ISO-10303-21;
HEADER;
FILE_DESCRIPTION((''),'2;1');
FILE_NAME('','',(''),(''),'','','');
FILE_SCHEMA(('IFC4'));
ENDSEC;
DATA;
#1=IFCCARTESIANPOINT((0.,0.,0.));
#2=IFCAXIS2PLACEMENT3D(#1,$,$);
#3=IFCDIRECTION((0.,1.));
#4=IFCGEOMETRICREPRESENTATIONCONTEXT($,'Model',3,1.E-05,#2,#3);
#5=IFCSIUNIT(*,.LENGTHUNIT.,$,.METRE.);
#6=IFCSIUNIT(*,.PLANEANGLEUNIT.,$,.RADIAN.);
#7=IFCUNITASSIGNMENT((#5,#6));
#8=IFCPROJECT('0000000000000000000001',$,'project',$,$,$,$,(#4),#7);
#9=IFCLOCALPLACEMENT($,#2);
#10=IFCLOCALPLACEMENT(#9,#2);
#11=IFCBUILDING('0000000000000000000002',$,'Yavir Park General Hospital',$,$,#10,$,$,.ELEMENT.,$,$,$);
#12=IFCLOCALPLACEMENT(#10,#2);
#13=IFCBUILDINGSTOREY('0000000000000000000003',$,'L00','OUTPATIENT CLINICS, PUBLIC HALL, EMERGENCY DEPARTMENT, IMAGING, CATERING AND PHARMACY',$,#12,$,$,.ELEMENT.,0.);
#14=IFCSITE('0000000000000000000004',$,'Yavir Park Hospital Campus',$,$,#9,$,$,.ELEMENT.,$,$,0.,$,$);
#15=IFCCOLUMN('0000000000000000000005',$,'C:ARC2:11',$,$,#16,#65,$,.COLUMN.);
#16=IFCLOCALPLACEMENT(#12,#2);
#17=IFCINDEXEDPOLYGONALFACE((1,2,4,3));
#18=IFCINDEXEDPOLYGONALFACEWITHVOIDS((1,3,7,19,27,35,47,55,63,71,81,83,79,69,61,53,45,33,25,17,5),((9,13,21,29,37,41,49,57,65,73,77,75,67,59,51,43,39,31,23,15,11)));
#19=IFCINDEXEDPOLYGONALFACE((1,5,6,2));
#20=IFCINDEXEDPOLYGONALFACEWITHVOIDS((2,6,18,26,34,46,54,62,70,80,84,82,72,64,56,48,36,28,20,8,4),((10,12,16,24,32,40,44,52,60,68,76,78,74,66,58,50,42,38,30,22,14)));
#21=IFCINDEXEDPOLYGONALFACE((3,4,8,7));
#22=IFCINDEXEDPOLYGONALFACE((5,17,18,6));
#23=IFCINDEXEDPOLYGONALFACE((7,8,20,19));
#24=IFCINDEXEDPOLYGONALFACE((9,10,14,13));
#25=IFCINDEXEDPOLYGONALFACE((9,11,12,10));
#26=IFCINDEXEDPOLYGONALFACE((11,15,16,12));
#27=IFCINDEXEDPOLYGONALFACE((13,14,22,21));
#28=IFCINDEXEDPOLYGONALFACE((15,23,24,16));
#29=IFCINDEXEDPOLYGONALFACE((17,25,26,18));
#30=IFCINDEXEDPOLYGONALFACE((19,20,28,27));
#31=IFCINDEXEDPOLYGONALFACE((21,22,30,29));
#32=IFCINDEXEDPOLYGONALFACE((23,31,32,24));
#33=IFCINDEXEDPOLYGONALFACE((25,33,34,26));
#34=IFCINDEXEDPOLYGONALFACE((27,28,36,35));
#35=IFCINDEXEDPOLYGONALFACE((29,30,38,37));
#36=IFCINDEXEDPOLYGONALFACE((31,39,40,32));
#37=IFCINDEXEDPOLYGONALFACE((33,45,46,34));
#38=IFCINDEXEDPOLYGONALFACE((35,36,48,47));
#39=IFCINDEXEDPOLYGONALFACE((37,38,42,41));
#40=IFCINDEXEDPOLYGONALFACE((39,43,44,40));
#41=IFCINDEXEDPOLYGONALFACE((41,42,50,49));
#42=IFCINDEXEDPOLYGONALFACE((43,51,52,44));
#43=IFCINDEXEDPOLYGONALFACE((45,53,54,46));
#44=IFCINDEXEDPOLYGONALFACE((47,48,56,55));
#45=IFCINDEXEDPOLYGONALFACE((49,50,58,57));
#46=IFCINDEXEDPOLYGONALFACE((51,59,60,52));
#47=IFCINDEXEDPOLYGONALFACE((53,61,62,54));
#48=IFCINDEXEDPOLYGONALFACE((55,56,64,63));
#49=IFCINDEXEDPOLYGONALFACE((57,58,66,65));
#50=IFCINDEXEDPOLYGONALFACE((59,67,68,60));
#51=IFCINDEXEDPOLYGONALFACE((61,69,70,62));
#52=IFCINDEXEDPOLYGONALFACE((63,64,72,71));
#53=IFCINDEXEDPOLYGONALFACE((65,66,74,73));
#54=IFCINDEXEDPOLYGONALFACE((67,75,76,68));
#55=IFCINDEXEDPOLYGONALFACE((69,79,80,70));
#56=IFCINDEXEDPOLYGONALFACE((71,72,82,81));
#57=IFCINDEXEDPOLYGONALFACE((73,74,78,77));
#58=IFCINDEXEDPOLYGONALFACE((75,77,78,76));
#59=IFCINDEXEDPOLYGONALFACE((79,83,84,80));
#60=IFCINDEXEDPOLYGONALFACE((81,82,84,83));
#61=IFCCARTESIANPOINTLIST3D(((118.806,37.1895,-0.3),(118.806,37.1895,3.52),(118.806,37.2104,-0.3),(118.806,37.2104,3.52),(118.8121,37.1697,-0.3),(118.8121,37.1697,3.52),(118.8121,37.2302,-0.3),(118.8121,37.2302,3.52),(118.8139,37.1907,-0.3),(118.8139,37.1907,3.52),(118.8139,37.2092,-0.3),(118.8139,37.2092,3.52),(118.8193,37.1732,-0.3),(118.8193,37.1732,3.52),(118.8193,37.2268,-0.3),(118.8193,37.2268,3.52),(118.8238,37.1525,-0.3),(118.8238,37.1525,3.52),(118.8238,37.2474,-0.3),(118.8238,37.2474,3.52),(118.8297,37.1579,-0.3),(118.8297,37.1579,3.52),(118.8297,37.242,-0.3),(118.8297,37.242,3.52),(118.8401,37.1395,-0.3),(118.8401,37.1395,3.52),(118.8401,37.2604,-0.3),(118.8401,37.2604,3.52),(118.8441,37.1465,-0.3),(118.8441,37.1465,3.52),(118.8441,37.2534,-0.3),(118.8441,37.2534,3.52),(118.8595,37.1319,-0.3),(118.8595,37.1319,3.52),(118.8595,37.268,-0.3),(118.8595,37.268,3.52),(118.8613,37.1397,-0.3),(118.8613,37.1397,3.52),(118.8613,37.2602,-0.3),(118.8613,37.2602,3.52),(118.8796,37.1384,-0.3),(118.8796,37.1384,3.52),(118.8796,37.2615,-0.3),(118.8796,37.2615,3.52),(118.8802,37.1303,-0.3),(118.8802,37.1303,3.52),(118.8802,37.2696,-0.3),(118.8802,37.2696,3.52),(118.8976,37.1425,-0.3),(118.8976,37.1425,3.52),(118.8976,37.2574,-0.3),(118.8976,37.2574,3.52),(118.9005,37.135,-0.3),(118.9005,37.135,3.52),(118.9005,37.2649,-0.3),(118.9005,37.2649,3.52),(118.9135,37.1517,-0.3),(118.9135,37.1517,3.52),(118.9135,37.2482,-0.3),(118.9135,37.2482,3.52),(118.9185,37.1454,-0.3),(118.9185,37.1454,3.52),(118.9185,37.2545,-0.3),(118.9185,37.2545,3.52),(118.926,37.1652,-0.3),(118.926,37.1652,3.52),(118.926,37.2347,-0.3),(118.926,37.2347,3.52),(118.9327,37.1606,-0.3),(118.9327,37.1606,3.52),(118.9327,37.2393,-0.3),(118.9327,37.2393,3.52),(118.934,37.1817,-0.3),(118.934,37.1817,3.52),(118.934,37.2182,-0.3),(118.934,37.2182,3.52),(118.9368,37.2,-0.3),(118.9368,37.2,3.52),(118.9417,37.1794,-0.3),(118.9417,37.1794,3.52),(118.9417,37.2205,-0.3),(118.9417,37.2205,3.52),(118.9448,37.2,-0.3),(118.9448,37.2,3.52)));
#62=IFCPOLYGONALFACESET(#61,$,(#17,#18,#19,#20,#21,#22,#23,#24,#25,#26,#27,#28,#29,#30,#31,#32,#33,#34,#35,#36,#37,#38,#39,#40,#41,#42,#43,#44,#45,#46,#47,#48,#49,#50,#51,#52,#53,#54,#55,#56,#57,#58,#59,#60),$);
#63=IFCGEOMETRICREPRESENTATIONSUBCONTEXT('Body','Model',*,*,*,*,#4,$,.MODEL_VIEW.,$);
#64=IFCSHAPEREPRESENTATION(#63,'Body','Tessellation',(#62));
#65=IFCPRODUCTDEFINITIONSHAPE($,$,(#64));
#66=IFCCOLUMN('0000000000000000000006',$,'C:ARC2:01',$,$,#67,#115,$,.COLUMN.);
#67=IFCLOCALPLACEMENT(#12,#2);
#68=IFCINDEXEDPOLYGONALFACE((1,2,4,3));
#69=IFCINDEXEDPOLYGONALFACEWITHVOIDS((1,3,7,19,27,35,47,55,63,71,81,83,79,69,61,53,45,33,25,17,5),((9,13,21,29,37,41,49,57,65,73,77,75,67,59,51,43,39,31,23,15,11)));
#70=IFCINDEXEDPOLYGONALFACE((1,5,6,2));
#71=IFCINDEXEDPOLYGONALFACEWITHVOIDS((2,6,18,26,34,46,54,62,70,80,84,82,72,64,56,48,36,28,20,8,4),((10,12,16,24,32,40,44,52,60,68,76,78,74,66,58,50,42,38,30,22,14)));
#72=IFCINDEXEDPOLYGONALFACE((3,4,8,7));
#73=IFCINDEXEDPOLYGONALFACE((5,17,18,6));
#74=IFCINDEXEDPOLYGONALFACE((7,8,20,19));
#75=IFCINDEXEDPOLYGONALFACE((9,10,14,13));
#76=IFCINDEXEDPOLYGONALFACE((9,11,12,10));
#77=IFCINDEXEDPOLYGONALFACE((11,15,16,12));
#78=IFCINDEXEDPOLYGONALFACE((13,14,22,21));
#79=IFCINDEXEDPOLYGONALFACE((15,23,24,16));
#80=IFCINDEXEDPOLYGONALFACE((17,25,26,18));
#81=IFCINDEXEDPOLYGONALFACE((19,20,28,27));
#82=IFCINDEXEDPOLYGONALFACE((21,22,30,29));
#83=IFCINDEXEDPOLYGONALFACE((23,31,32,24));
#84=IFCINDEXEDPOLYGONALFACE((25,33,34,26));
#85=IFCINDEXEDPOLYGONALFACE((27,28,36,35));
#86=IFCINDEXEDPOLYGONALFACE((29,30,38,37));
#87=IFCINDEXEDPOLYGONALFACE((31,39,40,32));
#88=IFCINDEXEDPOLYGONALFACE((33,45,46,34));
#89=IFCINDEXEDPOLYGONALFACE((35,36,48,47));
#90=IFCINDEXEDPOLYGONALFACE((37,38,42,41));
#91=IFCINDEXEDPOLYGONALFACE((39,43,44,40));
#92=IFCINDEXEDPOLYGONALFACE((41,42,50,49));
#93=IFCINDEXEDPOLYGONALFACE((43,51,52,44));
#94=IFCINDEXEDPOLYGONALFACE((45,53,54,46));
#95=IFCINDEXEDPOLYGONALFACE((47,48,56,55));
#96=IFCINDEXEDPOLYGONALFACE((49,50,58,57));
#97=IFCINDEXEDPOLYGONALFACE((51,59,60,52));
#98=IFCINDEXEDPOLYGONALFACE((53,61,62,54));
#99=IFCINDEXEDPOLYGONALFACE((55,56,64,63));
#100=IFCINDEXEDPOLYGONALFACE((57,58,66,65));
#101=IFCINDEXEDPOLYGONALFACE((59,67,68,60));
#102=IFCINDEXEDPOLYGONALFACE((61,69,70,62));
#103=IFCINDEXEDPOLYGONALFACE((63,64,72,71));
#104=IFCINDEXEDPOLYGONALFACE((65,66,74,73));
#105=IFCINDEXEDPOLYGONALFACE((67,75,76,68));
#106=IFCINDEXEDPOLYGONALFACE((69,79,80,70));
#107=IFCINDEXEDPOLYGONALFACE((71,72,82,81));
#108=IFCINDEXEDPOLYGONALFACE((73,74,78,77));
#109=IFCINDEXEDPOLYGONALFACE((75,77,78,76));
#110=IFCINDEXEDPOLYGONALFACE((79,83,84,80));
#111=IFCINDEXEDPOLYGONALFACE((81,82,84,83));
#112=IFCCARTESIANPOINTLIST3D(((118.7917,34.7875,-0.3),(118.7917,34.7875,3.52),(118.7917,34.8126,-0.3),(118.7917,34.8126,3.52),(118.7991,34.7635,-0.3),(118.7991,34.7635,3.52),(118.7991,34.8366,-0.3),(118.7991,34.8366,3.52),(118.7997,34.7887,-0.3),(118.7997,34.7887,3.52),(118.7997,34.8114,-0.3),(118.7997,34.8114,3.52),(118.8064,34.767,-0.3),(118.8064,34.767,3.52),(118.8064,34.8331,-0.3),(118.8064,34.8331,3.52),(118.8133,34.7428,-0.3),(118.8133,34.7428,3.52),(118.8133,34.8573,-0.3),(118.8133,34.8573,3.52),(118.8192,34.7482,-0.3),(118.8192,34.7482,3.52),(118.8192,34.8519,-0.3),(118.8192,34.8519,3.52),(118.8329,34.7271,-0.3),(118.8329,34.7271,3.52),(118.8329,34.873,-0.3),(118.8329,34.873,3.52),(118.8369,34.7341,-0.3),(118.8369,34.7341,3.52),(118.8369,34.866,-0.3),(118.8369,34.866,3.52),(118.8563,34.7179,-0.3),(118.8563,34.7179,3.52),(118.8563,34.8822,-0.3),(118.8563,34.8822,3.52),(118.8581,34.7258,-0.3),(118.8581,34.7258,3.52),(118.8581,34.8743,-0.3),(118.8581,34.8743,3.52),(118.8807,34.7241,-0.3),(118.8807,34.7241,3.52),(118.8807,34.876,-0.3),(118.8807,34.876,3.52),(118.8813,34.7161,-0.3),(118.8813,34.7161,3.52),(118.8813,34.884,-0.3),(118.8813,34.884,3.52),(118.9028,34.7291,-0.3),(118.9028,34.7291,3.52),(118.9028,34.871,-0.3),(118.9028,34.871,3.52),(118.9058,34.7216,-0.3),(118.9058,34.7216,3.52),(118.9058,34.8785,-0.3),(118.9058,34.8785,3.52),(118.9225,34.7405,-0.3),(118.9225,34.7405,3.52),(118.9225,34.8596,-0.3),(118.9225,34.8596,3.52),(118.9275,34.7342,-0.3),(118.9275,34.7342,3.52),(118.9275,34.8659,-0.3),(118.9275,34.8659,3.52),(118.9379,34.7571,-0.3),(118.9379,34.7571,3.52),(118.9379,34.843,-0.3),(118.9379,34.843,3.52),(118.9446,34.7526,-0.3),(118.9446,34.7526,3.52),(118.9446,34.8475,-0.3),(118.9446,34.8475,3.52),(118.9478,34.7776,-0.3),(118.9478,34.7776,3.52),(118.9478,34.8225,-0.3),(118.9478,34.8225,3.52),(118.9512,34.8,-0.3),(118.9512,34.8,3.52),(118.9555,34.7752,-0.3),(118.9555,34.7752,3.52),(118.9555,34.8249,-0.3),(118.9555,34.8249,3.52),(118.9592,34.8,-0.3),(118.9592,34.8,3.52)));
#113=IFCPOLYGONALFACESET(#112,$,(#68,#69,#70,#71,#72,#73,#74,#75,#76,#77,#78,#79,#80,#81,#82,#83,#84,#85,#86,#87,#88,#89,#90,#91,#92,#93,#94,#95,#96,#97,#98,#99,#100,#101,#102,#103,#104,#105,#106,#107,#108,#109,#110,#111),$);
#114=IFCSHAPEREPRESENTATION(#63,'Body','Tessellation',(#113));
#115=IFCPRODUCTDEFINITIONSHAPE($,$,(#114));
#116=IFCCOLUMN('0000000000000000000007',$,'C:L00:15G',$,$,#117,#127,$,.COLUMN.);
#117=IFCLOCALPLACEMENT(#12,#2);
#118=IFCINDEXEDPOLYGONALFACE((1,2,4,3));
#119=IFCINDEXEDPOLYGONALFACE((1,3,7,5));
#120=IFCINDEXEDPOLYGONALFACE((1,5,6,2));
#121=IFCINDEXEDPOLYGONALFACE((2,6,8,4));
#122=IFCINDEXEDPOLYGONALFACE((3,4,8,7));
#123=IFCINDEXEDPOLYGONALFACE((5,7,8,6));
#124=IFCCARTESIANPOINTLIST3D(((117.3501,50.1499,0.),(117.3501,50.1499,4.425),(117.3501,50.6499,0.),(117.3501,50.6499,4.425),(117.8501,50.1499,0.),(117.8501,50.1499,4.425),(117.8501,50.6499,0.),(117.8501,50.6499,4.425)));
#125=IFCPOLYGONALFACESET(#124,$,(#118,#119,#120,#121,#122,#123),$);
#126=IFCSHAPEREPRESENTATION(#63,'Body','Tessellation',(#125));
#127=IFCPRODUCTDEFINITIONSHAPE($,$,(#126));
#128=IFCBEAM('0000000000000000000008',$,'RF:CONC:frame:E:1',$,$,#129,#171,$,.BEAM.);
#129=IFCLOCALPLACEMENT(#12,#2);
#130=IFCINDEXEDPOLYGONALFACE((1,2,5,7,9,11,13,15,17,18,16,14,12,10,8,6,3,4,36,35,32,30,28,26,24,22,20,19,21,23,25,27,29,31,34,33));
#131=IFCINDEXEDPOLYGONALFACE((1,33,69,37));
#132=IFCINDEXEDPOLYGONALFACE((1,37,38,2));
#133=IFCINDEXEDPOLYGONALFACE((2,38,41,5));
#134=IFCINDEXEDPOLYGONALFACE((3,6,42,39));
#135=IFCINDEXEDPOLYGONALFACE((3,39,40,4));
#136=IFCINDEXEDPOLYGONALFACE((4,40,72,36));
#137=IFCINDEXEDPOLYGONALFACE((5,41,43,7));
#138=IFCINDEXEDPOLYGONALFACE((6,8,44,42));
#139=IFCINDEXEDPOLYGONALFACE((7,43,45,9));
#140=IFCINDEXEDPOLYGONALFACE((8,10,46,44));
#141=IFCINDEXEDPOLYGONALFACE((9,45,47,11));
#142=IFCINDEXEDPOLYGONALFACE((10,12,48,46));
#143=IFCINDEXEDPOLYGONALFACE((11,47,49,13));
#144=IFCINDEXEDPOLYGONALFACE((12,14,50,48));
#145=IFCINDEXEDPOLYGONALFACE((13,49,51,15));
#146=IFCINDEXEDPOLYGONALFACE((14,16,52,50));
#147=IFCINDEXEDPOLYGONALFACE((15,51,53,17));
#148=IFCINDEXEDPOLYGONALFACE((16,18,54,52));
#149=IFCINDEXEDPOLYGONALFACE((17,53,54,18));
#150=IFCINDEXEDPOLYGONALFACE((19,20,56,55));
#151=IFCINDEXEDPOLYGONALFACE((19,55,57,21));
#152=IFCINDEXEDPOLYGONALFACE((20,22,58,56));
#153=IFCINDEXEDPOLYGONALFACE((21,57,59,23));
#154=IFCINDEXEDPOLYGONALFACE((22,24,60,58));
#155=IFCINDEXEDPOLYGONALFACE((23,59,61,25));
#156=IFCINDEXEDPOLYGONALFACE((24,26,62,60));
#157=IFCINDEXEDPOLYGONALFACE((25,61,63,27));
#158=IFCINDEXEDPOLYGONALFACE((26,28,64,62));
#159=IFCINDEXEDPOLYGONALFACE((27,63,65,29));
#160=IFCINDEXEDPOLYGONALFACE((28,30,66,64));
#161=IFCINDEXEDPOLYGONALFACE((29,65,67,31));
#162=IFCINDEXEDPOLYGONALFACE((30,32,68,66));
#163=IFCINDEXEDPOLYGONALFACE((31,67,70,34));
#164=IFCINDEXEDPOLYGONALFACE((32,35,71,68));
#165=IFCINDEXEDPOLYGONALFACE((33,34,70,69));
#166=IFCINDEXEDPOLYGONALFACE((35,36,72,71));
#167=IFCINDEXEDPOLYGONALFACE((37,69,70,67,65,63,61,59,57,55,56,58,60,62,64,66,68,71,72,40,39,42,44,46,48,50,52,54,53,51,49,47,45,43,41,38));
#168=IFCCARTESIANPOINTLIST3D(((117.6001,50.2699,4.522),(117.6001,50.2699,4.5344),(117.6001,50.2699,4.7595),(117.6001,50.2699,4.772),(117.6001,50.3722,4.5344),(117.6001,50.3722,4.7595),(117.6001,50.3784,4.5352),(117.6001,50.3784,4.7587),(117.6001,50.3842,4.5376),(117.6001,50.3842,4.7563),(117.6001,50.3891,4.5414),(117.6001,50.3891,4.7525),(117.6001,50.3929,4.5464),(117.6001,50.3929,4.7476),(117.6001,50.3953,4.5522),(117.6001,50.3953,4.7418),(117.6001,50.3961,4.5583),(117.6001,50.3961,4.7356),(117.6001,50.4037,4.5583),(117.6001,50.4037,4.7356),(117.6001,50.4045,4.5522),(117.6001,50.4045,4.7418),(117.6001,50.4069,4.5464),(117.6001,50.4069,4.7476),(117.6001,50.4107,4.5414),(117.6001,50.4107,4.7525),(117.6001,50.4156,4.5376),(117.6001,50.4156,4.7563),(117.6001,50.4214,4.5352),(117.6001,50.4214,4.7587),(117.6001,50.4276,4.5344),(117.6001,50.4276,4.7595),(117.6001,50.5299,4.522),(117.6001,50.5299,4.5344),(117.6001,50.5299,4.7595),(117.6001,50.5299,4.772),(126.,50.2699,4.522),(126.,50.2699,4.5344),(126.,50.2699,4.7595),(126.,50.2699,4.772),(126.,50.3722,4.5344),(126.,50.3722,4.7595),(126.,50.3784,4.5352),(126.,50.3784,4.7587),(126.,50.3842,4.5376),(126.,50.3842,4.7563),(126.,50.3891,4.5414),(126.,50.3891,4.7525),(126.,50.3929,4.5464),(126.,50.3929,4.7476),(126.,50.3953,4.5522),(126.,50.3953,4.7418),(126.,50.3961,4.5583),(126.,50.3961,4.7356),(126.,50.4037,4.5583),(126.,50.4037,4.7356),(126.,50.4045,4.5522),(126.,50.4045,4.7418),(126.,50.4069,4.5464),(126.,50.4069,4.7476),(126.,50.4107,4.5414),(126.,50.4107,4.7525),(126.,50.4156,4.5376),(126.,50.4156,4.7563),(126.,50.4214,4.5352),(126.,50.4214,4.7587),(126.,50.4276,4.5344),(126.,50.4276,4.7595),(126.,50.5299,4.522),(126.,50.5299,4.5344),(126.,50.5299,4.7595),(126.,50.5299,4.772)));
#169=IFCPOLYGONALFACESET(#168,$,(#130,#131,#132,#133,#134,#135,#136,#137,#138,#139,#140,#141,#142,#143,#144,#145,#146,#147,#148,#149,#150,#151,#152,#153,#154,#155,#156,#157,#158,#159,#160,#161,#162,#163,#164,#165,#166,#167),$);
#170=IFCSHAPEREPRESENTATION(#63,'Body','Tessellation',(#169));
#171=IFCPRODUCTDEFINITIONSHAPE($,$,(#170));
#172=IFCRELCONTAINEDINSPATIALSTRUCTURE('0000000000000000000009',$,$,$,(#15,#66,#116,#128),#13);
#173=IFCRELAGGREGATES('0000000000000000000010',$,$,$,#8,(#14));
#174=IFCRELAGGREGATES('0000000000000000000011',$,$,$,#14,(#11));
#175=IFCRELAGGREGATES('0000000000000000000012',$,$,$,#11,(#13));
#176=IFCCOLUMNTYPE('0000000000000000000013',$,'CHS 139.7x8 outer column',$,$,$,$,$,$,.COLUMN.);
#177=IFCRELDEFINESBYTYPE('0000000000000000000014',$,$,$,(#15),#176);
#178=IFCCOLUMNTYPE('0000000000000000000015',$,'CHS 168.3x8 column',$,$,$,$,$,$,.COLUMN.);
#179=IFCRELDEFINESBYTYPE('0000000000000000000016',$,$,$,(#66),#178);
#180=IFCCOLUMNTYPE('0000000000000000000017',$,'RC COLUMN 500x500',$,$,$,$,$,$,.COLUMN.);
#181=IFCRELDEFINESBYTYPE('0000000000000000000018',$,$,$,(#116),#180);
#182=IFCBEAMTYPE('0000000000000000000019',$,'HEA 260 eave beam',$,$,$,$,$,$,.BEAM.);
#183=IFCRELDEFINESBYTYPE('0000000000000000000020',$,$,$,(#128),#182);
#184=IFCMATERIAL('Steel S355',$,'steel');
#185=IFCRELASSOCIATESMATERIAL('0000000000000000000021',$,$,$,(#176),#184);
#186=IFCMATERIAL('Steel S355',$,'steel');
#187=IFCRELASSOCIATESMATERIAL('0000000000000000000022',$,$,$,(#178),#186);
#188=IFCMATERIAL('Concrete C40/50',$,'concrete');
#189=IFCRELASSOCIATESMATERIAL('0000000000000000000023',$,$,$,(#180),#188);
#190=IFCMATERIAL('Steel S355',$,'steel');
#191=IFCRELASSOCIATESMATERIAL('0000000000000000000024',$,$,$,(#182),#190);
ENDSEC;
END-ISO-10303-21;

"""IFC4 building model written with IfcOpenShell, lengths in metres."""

from ifc_helpers import new_model, si_unit, direction, frame, origin, origin_2d, place, context, subcontext, project, spatial, rectangle, hollow_circle, i_section, extrude, material, material_profile, profile_set, type_object, element, save


model = new_model("IFC4")

# Units and contexts
model_context = context("Model", 3, precision=1e-05, world=origin(), true_north=direction((0.0, 1.0)))
body_context = subcontext(model_context, "Body", "Model", "MODEL_VIEW")
ifc_project = project(units=[si_unit("LENGTHUNIT", "METRE"), si_unit("PLANEANGLEUNIT", "RADIAN")], contexts=[model_context])

# Site, building, storey
site_placement = place(None, origin())
site = spatial("IfcSite", under=ifc_project, at=site_placement, Name="Yavir Park Hospital Campus", CompositionType="ELEMENT", RefElevation=0.0)
building_placement = place(site_placement, origin())
building = spatial("IfcBuilding", under=site, at=building_placement, Name="Yavir Park General Hospital", CompositionType="ELEMENT")
storey_placement = place(building_placement, origin())
storey = spatial("IfcBuildingStorey", under=building, at=storey_placement, Name="L00", Description="OUTPATIENT CLINICS, PUBLIC HALL, EMERGENCY DEPARTMENT, IMAGING, CATERING AND PHARMACY", CompositionType="ELEMENT", Elevation=0.0)

# Columns
ifc_material_1 = material(Name="Steel S355", Category="steel")
ifc_material_profile_1 = material_profile(ifc_material_1, hollow_circle(Radius=0.0698, WallThickness=0.0081, at=origin_2d()), Name="CHS139.7x8")
ifc_profile_set_1 = profile_set([ifc_material_profile_1], Name="Steel S355")
column_type_1 = type_object("IfcColumnType", Name="CHS 139.7x8 outer column", PredefinedType="COLUMN", material=ifc_profile_set_1)
column_1_placement = place(storey_placement, frame((118.875, 37.2, -0.3), z_axis=(0.0, 0.0, 1.0), x_axis=(1.0, 0.0, 0.0)))
element("IfcColumn", 1, at=column_1_placement, inside=storey, type_object=column_type_1, Name="C:ARC2:11", PredefinedType="COLUMN", context=body_context, shape_type="SweptSolid", body=[
    extrude(hollow_circle(Radius=0.0698, WallThickness=0.0081, at=origin_2d()), origin(), (0.0, 0.0, 1.0), 3.8201),
])
ifc_material_2 = material(Name="Steel S355", Category="steel")
ifc_material_profile_2 = material_profile(ifc_material_2, hollow_circle(Radius=0.0842, WallThickness=0.0081, at=origin_2d()), Name="CHS168.3x8")
ifc_profile_set_2 = profile_set([ifc_material_profile_2], Name="Steel S355")
column_type_2 = type_object("IfcColumnType", Name="CHS 168.3x8 column", PredefinedType="COLUMN", material=ifc_profile_set_2)
column_2_placement = place(storey_placement, frame((118.875, 34.8, -0.3), z_axis=(0.0, 0.0, 1.0), x_axis=(1.0, 0.0, 0.0)))
element("IfcColumn", 2, at=column_2_placement, inside=storey, type_object=column_type_2, Name="C:ARC2:01", PredefinedType="COLUMN", context=body_context, shape_type="SweptSolid", body=[
    extrude(hollow_circle(Radius=0.0842, WallThickness=0.0081, at=origin_2d()), origin(), (0.0, 0.0, 1.0), 3.8201),
])
ifc_material_3 = material(Name="Concrete C40/50", Category="concrete")
ifc_material_profile_3 = material_profile(ifc_material_3, rectangle(XDim=0.5, YDim=0.5, at=origin_2d()), Name="RC500x500")
ifc_profile_set_3 = profile_set([ifc_material_profile_3], Name="Concrete C40/50")
column_type_3 = type_object("IfcColumnType", Name="RC COLUMN 500x500", PredefinedType="COLUMN", material=ifc_profile_set_3)
column_3_placement = place(storey_placement, frame((117.6001, 50.3999, 0.0), z_axis=(0.0, 0.0, 1.0), x_axis=(1.0, 0.0, 0.0)))
element("IfcColumn", 3, at=column_3_placement, inside=storey, type_object=column_type_3, Name="C:L00:15G", PredefinedType="COLUMN", context=body_context, shape_type="SweptSolid", body=[
    extrude(rectangle(XDim=0.5, YDim=0.5, at=origin_2d()), origin(), (0.0, 0.0, 1.0), 4.425),
])

# Beam
ifc_material_4 = material(Name="Steel S355", Category="steel")
ifc_material_profile_4 = material_profile(ifc_material_4, i_section(OverallWidth=0.26, OverallDepth=0.25, WebThickness=0.0076, FlangeThickness=0.0125, FilletRadius=0.0239, at=origin_2d()), Name="HEA260")
ifc_profile_set_4 = profile_set([ifc_material_profile_4], Name="Steel S355")
beam_type_1 = type_object("IfcBeamType", Name="HEA 260 eave beam", PredefinedType="BEAM", material=ifc_profile_set_4)
beam_1_placement = place(storey_placement, frame((117.6001, 50.3999, 4.647), z_axis=(1.0, 0.0, 0.0), x_axis=(0.0, 1.0, 0.0)))
element("IfcBeam", 4, at=beam_1_placement, inside=storey, type_object=beam_type_1, Name="RF:CONC:frame:E:1", PredefinedType="BEAM", context=body_context, shape_type="SweptSolid", body=[
    extrude(i_section(OverallWidth=0.26, OverallDepth=0.25, WebThickness=0.0076, FlangeThickness=0.0125, FilletRadius=0.0239, at=origin_2d()), origin(), (0.0, 0.0, 1.0), 8.3999),
])

save(model, "model.ifc")
